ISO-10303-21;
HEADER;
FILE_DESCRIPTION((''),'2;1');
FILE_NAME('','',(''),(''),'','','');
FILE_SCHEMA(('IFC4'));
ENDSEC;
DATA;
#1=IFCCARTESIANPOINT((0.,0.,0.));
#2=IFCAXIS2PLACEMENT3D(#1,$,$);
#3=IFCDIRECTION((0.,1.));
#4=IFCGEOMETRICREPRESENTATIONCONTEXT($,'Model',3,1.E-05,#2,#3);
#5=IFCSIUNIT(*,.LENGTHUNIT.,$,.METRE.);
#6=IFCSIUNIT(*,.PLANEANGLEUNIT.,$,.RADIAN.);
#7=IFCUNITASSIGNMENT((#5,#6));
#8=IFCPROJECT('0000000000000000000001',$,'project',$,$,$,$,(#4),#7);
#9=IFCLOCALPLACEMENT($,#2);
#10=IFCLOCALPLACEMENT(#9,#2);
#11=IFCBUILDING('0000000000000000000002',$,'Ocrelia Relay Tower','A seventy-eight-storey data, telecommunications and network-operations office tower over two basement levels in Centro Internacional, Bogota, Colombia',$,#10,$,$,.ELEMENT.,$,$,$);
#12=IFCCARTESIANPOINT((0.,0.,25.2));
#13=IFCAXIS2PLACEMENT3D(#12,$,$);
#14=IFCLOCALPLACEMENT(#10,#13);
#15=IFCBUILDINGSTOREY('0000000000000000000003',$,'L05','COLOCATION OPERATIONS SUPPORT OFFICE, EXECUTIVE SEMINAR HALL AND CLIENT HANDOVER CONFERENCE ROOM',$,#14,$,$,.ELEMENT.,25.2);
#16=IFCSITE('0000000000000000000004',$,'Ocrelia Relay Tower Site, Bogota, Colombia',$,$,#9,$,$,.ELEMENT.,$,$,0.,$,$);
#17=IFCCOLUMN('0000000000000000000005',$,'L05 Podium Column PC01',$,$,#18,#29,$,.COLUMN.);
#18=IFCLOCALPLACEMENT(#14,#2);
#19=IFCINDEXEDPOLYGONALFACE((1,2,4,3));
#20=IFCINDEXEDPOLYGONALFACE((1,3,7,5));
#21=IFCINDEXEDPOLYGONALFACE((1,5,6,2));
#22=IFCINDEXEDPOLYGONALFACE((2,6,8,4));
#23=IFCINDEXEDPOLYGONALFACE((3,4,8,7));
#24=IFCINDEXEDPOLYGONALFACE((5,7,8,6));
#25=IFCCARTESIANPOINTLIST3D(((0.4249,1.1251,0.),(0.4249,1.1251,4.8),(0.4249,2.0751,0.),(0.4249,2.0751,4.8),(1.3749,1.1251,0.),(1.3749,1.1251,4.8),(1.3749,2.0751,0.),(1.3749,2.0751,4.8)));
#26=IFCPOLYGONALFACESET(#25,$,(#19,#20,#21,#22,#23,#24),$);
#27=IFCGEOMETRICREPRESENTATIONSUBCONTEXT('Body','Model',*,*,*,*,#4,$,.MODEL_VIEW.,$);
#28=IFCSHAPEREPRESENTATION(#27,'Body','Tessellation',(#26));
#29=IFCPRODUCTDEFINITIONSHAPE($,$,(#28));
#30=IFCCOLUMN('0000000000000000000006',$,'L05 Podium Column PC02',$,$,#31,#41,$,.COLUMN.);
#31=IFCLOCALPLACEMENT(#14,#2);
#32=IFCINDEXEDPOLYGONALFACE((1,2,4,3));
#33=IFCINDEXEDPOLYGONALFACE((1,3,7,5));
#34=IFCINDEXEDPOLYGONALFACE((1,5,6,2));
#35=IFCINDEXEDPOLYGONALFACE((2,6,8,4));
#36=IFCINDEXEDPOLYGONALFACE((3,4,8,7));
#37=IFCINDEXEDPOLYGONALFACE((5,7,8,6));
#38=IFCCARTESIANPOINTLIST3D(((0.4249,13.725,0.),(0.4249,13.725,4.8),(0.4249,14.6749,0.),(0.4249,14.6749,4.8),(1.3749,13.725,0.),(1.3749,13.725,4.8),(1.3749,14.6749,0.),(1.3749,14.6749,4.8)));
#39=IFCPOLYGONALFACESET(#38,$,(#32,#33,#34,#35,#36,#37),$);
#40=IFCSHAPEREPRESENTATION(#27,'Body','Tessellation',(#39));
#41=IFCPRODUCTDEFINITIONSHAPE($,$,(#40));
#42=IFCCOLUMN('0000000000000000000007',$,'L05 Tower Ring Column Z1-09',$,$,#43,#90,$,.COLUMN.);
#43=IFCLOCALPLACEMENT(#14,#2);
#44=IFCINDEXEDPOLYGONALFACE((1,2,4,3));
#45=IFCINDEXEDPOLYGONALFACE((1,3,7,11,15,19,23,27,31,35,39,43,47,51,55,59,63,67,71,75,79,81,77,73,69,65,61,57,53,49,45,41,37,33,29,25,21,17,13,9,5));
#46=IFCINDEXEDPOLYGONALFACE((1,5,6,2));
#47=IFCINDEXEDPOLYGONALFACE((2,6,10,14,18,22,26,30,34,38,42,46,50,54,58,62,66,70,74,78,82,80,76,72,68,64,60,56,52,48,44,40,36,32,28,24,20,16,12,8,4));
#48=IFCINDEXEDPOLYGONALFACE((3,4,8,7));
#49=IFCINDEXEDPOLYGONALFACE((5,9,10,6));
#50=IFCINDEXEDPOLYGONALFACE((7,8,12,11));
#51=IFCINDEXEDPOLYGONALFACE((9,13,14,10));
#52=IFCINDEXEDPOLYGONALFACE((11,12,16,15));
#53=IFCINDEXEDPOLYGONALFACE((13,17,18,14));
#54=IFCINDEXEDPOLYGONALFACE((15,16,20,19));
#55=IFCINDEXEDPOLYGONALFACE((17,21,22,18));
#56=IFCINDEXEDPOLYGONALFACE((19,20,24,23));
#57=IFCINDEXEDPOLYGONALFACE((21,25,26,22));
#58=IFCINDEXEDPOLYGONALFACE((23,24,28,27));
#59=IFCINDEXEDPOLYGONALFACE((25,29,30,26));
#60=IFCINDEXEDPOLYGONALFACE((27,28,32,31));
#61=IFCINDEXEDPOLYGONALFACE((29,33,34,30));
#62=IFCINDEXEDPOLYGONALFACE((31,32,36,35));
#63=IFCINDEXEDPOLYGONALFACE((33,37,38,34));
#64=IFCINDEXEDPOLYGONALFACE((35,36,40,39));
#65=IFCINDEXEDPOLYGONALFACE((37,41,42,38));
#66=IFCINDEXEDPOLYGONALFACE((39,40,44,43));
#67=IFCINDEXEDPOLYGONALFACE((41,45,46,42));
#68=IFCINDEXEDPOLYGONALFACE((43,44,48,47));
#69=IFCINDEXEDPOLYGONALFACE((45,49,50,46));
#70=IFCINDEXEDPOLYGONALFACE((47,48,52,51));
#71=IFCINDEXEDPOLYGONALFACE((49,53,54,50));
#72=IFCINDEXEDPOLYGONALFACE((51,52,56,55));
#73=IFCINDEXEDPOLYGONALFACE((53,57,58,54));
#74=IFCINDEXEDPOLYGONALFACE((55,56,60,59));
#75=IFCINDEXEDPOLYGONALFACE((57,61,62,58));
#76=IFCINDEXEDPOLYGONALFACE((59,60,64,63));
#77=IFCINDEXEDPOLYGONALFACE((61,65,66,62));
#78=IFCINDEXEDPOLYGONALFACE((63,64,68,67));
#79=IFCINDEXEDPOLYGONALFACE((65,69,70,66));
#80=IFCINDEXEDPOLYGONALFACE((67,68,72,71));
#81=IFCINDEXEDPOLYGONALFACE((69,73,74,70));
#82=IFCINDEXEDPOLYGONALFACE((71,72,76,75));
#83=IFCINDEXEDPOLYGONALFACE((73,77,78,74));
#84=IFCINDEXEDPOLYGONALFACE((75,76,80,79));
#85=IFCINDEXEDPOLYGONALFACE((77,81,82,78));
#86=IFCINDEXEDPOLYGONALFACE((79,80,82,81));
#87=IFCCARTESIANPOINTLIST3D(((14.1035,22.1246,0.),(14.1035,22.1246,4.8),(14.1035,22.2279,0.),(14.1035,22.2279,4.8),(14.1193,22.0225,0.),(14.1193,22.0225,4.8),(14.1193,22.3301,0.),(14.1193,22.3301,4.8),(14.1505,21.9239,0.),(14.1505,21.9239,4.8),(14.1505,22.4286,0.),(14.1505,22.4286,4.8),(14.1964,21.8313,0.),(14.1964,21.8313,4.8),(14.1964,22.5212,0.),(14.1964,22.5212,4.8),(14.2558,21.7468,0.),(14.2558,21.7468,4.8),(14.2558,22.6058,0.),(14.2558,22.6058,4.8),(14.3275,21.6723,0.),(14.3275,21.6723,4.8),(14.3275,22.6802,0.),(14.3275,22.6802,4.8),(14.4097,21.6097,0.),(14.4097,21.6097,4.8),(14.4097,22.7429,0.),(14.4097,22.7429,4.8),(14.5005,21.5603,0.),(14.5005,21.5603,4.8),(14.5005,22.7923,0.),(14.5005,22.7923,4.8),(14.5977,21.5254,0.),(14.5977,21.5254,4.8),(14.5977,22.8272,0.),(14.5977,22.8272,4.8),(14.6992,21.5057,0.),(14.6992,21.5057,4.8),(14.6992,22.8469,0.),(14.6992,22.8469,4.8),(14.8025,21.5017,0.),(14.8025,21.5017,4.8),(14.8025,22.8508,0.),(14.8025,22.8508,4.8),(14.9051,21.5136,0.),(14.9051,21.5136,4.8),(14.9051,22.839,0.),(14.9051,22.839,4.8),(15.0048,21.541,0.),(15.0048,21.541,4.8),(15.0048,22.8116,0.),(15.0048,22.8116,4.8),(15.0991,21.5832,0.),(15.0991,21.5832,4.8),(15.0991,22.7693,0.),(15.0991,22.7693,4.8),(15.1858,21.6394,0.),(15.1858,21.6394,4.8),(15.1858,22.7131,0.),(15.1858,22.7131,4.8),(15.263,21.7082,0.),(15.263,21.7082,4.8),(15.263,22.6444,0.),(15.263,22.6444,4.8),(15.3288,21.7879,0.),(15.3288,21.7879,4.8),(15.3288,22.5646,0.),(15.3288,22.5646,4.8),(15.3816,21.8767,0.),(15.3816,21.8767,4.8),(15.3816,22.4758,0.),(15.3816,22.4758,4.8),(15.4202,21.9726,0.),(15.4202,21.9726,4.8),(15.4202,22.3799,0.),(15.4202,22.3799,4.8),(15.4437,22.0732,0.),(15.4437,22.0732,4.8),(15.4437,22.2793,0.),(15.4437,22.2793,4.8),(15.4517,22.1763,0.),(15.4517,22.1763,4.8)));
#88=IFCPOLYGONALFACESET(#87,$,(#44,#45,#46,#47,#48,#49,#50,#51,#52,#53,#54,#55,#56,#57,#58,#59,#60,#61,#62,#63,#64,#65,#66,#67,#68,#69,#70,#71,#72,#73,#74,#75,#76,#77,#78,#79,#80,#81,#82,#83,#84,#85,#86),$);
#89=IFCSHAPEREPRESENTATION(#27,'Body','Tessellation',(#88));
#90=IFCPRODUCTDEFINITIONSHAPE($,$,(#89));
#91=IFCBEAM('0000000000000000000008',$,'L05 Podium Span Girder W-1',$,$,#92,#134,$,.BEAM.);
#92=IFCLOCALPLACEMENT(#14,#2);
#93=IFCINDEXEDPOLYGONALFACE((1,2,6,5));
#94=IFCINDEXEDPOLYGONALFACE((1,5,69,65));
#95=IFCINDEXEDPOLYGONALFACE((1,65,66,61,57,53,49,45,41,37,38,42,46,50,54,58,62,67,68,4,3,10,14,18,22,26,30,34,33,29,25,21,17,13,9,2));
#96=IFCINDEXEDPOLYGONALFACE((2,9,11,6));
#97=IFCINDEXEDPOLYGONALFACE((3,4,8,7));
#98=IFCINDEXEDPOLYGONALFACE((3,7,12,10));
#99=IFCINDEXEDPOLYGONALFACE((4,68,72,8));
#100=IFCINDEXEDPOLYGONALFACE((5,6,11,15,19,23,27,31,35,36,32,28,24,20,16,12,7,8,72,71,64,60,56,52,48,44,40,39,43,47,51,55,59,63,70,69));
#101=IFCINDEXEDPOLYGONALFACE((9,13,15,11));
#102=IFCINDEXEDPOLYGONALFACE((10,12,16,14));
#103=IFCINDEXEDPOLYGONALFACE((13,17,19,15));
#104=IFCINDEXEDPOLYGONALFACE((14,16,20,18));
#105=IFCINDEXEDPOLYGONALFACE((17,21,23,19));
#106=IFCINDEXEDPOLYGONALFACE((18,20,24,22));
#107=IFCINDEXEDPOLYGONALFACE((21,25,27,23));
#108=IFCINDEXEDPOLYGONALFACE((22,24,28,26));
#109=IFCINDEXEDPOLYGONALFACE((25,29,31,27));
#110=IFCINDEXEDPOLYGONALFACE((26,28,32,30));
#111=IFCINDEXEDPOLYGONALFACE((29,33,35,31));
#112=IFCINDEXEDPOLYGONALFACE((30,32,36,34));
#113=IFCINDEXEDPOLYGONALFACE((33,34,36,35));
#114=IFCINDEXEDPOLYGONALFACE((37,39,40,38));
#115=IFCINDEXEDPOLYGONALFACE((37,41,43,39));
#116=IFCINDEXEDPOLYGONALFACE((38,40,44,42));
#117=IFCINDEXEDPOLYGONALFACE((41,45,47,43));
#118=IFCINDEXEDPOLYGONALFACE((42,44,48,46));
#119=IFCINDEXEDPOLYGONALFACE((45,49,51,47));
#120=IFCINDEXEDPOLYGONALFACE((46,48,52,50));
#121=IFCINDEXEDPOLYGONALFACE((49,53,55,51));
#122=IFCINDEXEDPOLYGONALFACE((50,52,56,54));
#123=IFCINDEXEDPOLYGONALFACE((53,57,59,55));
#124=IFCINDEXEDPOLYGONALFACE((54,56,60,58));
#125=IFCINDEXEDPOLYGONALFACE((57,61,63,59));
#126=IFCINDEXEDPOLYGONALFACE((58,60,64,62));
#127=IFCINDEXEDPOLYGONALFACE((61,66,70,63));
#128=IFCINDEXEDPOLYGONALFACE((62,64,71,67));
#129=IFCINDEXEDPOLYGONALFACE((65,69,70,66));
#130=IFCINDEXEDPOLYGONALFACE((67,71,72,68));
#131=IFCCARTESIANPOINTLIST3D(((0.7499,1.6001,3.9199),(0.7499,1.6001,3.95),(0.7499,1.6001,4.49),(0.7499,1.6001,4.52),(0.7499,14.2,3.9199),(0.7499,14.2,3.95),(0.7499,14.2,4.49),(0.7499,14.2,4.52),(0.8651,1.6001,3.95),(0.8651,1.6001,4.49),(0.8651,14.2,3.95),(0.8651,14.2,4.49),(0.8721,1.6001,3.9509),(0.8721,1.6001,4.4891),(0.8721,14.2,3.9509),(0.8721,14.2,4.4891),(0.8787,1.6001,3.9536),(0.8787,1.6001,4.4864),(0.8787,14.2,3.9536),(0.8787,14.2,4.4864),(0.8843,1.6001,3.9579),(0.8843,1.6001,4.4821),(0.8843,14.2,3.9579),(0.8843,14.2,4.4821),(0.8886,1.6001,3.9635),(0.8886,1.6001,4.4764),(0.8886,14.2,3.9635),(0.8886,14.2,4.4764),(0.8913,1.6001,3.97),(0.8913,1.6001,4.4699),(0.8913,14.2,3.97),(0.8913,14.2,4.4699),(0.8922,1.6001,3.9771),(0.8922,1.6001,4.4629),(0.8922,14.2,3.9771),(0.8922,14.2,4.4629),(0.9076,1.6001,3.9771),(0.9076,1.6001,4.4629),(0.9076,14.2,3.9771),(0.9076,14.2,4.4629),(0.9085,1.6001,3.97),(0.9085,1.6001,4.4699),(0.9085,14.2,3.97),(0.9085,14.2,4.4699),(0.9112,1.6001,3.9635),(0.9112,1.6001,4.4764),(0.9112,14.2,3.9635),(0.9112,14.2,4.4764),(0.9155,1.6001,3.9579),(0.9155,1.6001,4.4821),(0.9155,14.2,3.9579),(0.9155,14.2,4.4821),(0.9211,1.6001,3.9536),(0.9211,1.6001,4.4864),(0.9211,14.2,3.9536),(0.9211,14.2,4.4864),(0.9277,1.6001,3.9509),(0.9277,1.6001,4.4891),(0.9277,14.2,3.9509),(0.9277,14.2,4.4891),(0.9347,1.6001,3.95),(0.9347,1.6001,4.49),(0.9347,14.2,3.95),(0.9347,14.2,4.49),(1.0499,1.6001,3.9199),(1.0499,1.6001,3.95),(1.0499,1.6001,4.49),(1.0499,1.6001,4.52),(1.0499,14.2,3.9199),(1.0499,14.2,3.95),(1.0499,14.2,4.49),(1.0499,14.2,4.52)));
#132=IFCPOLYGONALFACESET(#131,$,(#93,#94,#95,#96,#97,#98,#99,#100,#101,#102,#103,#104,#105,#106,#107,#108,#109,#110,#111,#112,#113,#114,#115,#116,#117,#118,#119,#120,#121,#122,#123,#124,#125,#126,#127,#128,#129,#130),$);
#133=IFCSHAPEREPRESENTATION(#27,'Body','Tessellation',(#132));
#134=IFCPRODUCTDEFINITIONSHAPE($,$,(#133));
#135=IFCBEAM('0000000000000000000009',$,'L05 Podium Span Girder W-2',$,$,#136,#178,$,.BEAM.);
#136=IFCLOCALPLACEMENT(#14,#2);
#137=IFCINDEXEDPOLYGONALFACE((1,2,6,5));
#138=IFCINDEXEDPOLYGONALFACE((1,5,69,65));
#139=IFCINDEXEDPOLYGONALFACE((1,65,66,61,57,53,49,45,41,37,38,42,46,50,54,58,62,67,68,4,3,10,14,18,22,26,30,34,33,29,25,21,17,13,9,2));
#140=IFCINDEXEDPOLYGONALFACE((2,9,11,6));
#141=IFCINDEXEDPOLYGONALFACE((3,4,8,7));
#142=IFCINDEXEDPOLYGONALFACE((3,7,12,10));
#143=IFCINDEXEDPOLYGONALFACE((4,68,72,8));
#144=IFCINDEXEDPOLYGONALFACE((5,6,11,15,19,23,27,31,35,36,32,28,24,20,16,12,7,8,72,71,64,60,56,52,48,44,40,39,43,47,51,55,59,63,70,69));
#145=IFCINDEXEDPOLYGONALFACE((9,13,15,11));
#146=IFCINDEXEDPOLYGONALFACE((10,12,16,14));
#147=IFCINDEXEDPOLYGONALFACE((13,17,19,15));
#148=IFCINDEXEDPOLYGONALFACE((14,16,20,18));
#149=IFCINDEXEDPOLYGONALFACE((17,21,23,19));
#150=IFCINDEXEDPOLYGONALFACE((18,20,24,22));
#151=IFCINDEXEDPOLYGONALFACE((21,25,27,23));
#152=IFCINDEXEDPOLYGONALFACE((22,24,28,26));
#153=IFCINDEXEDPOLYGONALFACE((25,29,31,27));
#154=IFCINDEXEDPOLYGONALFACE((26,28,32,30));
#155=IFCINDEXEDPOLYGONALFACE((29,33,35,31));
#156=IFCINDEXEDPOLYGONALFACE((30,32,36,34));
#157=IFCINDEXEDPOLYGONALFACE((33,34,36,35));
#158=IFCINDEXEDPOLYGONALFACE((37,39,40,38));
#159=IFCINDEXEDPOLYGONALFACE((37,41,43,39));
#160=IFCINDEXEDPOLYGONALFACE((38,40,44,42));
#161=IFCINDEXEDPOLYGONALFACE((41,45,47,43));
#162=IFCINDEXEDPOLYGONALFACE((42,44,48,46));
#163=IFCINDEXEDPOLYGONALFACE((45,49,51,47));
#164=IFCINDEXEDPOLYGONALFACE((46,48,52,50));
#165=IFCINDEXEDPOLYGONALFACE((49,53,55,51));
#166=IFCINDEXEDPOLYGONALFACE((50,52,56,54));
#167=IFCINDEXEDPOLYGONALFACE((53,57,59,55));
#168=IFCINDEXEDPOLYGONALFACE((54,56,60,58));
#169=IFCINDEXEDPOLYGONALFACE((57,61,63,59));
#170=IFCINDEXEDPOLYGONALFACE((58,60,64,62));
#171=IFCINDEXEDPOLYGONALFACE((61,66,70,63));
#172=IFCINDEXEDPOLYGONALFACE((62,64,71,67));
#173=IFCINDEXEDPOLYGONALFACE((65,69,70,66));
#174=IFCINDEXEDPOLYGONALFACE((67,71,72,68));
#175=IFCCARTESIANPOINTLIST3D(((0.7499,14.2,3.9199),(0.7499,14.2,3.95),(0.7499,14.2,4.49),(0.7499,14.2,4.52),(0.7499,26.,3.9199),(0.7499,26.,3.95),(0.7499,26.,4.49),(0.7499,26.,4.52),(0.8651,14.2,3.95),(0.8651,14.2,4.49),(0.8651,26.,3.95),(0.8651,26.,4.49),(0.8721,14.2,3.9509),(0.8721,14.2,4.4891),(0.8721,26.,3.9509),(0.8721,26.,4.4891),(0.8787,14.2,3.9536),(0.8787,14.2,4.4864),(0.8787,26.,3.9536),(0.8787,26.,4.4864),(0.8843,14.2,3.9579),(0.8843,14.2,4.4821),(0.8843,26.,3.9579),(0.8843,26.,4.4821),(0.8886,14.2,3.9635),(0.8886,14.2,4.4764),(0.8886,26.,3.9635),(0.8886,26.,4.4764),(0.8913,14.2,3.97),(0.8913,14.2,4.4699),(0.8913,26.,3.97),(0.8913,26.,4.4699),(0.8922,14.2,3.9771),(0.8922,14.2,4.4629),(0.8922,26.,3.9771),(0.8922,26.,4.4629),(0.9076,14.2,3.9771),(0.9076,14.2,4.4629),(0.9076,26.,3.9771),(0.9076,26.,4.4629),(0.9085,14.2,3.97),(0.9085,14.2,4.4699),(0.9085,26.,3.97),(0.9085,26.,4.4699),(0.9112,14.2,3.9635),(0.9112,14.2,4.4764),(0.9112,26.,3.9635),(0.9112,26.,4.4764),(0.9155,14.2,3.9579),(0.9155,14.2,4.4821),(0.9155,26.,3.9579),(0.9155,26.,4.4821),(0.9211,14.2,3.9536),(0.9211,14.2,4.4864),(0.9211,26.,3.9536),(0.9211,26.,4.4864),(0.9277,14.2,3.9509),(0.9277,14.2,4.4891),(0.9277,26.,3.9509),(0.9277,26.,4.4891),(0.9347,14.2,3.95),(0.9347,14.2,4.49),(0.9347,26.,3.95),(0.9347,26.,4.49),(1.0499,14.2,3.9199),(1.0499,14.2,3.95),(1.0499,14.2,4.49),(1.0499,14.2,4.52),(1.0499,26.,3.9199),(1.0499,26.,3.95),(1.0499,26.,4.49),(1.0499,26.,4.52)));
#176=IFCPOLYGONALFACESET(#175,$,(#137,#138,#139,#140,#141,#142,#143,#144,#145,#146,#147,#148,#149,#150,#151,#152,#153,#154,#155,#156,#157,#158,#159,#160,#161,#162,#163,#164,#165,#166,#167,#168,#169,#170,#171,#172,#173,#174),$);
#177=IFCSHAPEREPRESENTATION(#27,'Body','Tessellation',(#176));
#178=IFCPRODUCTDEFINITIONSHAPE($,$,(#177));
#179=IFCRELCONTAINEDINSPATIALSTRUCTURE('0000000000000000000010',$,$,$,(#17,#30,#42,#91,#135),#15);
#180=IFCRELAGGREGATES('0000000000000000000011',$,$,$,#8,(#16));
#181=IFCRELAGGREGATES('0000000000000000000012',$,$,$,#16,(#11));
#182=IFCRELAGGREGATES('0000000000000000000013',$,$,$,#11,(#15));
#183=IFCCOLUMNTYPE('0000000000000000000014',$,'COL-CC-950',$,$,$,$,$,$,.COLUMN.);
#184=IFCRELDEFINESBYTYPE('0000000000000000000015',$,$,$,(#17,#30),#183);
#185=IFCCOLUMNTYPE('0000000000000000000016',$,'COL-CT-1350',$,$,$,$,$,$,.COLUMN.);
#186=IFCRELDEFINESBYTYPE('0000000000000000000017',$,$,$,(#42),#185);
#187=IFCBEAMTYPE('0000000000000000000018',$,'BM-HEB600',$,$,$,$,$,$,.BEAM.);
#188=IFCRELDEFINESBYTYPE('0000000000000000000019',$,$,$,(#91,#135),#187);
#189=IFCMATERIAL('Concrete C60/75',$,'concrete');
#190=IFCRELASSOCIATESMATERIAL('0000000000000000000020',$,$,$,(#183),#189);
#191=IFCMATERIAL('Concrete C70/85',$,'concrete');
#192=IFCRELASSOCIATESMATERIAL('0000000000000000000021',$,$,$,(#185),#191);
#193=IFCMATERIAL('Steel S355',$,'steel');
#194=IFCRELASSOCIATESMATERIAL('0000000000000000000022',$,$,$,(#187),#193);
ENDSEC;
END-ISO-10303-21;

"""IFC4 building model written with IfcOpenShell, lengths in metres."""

from ifc_helpers import new_model, si_unit, direction, frame, origin, origin_2d, place, context, subcontext, project, spatial, rectangle, circle, i_section, extrude, material, material_profile, profile_set, type_object, element, save


model = new_model("IFC4")

# Units and contexts
model_context = context("Model", 3, precision=1e-05, world=origin(), true_north=direction((0.0, 1.0)))
body_context = subcontext(model_context, "Body", "Model", "MODEL_VIEW")
ifc_project = project(units=[si_unit("LENGTHUNIT", "METRE"), si_unit("PLANEANGLEUNIT", "RADIAN")], contexts=[model_context])

# Site, building, storey
site_placement = place(None, origin())
site = spatial("IfcSite", under=ifc_project, at=site_placement, Name="Ocrelia Relay Tower Site, Bogota, Colombia", CompositionType="ELEMENT", RefElevation=0.0)
building_placement = place(site_placement, origin())
building = spatial("IfcBuilding", under=site, at=building_placement, Name="Ocrelia Relay Tower", Description="A seventy-eight-storey data, telecommunications and network-operations office tower over two basement levels in Centro Internacional, Bogota, Colombia", CompositionType="ELEMENT")
storey_placement = place(building_placement, frame((0.0, 0.0, 25.2)))
storey = spatial("IfcBuildingStorey", under=building, at=storey_placement, Name="L05", Description="COLOCATION OPERATIONS SUPPORT OFFICE, EXECUTIVE SEMINAR HALL AND CLIENT HANDOVER CONFERENCE ROOM", CompositionType="ELEMENT", Elevation=25.2)

# Columns
ifc_material_1 = material(Name="Concrete C60/75", Category="concrete")
ifc_material_profile_1 = material_profile(ifc_material_1, rectangle(XDim=0.95, YDim=0.95, at=origin_2d()), Name="RC-COL-950x950")
ifc_profile_set_1 = profile_set([ifc_material_profile_1], Name="Concrete C60/75")
column_type_1 = type_object("IfcColumnType", Name="COL-CC-950", PredefinedType="COLUMN", material=ifc_profile_set_1)
for number, where, z_axis, x_axis, name in (
    (1, (0.8999, 1.6001, 0.0), (0.0, 0.0, 1.0), (1.0, 0.0, 0.0), "L05 Podium Column PC01"),
    (2, (0.8999, 14.2, 0.0), (0.0, 0.0, 1.0), (1.0, 0.0, 0.0), "L05 Podium Column PC02"),
):
    element("IfcColumn", number, at=place(storey_placement, frame(where, z_axis=z_axis, x_axis=x_axis)), inside=storey, type_object=column_type_1, Name=name, PredefinedType="COLUMN", context=body_context, shape_type="SweptSolid", body=[
        extrude(rectangle(XDim=0.95, YDim=0.95, at=origin_2d()), origin(), (0.0, 0.0, 1.0), 4.8),
    ])
ifc_material_2 = material(Name="Concrete C70/85", Category="concrete")
ifc_material_profile_2 = material_profile(ifc_material_2, circle(Radius=0.675, at=origin_2d()), Name="RC-CIR-1350")
ifc_profile_set_2 = profile_set([ifc_material_profile_2], Name="Concrete C70/85")
column_type_2 = type_object("IfcColumnType", Name="COL-CT-1350", PredefinedType="COLUMN", material=ifc_profile_set_2)
column_placement = place(storey_placement, frame((14.7766, 22.1763, 0.0), z_axis=(0.0, 0.0, 1.0), x_axis=(1.0, 0.0, 0.0)))
element("IfcColumn", 3, at=column_placement, inside=storey, type_object=column_type_2, Name="L05 Tower Ring Column Z1-09", PredefinedType="COLUMN", context=body_context, shape_type="SweptSolid", body=[
    extrude(circle(Radius=0.675, at=origin_2d()), origin(), (0.0, 0.0, 1.0), 4.8),
])

# Beams
ifc_material_3 = material(Name="Steel S355", Category="steel")
ifc_material_profile_3 = material_profile(ifc_material_3, i_section(OverallWidth=0.3, OverallDepth=0.6001, WebThickness=0.0154, FlangeThickness=0.03, FilletRadius=0.0271, at=origin_2d()), Name="HEB 600")
ifc_profile_set_3 = profile_set([ifc_material_profile_3], Name="Steel S355")
beam_type_1 = type_object("IfcBeamType", Name="BM-HEB600", PredefinedType="BEAM", material=ifc_profile_set_3)
beam_1_placement = place(storey_placement, frame((0.8999, 1.6001, 4.22), z_axis=(0.0, 1.0, 0.0), x_axis=(-1.0, 0.0, 0.0)))
element("IfcBeam", 4, at=beam_1_placement, inside=storey, type_object=beam_type_1, Name="L05 Podium Span Girder W-1", PredefinedType="BEAM", context=body_context, shape_type="SweptSolid", body=[
    extrude(i_section(OverallWidth=0.3, OverallDepth=0.6001, WebThickness=0.0154, FlangeThickness=0.03, FilletRadius=0.0271, at=origin_2d()), origin(), (0.0, 0.0, 1.0), 12.5999),
])
beam_2_placement = place(storey_placement, frame((0.8999, 14.2, 4.22), z_axis=(0.0, 1.0, 0.0), x_axis=(-1.0, 0.0, 0.0)))
element("IfcBeam", 5, at=beam_2_placement, inside=storey, type_object=beam_type_1, Name="L05 Podium Span Girder W-2", PredefinedType="BEAM", context=body_context, shape_type="SweptSolid", body=[
    extrude(i_section(OverallWidth=0.3, OverallDepth=0.6001, WebThickness=0.0154, FlangeThickness=0.03, FilletRadius=0.0271, at=origin_2d()), origin(), (0.0, 0.0, 1.0), 11.8),
])

save(model, "model.ifc")
